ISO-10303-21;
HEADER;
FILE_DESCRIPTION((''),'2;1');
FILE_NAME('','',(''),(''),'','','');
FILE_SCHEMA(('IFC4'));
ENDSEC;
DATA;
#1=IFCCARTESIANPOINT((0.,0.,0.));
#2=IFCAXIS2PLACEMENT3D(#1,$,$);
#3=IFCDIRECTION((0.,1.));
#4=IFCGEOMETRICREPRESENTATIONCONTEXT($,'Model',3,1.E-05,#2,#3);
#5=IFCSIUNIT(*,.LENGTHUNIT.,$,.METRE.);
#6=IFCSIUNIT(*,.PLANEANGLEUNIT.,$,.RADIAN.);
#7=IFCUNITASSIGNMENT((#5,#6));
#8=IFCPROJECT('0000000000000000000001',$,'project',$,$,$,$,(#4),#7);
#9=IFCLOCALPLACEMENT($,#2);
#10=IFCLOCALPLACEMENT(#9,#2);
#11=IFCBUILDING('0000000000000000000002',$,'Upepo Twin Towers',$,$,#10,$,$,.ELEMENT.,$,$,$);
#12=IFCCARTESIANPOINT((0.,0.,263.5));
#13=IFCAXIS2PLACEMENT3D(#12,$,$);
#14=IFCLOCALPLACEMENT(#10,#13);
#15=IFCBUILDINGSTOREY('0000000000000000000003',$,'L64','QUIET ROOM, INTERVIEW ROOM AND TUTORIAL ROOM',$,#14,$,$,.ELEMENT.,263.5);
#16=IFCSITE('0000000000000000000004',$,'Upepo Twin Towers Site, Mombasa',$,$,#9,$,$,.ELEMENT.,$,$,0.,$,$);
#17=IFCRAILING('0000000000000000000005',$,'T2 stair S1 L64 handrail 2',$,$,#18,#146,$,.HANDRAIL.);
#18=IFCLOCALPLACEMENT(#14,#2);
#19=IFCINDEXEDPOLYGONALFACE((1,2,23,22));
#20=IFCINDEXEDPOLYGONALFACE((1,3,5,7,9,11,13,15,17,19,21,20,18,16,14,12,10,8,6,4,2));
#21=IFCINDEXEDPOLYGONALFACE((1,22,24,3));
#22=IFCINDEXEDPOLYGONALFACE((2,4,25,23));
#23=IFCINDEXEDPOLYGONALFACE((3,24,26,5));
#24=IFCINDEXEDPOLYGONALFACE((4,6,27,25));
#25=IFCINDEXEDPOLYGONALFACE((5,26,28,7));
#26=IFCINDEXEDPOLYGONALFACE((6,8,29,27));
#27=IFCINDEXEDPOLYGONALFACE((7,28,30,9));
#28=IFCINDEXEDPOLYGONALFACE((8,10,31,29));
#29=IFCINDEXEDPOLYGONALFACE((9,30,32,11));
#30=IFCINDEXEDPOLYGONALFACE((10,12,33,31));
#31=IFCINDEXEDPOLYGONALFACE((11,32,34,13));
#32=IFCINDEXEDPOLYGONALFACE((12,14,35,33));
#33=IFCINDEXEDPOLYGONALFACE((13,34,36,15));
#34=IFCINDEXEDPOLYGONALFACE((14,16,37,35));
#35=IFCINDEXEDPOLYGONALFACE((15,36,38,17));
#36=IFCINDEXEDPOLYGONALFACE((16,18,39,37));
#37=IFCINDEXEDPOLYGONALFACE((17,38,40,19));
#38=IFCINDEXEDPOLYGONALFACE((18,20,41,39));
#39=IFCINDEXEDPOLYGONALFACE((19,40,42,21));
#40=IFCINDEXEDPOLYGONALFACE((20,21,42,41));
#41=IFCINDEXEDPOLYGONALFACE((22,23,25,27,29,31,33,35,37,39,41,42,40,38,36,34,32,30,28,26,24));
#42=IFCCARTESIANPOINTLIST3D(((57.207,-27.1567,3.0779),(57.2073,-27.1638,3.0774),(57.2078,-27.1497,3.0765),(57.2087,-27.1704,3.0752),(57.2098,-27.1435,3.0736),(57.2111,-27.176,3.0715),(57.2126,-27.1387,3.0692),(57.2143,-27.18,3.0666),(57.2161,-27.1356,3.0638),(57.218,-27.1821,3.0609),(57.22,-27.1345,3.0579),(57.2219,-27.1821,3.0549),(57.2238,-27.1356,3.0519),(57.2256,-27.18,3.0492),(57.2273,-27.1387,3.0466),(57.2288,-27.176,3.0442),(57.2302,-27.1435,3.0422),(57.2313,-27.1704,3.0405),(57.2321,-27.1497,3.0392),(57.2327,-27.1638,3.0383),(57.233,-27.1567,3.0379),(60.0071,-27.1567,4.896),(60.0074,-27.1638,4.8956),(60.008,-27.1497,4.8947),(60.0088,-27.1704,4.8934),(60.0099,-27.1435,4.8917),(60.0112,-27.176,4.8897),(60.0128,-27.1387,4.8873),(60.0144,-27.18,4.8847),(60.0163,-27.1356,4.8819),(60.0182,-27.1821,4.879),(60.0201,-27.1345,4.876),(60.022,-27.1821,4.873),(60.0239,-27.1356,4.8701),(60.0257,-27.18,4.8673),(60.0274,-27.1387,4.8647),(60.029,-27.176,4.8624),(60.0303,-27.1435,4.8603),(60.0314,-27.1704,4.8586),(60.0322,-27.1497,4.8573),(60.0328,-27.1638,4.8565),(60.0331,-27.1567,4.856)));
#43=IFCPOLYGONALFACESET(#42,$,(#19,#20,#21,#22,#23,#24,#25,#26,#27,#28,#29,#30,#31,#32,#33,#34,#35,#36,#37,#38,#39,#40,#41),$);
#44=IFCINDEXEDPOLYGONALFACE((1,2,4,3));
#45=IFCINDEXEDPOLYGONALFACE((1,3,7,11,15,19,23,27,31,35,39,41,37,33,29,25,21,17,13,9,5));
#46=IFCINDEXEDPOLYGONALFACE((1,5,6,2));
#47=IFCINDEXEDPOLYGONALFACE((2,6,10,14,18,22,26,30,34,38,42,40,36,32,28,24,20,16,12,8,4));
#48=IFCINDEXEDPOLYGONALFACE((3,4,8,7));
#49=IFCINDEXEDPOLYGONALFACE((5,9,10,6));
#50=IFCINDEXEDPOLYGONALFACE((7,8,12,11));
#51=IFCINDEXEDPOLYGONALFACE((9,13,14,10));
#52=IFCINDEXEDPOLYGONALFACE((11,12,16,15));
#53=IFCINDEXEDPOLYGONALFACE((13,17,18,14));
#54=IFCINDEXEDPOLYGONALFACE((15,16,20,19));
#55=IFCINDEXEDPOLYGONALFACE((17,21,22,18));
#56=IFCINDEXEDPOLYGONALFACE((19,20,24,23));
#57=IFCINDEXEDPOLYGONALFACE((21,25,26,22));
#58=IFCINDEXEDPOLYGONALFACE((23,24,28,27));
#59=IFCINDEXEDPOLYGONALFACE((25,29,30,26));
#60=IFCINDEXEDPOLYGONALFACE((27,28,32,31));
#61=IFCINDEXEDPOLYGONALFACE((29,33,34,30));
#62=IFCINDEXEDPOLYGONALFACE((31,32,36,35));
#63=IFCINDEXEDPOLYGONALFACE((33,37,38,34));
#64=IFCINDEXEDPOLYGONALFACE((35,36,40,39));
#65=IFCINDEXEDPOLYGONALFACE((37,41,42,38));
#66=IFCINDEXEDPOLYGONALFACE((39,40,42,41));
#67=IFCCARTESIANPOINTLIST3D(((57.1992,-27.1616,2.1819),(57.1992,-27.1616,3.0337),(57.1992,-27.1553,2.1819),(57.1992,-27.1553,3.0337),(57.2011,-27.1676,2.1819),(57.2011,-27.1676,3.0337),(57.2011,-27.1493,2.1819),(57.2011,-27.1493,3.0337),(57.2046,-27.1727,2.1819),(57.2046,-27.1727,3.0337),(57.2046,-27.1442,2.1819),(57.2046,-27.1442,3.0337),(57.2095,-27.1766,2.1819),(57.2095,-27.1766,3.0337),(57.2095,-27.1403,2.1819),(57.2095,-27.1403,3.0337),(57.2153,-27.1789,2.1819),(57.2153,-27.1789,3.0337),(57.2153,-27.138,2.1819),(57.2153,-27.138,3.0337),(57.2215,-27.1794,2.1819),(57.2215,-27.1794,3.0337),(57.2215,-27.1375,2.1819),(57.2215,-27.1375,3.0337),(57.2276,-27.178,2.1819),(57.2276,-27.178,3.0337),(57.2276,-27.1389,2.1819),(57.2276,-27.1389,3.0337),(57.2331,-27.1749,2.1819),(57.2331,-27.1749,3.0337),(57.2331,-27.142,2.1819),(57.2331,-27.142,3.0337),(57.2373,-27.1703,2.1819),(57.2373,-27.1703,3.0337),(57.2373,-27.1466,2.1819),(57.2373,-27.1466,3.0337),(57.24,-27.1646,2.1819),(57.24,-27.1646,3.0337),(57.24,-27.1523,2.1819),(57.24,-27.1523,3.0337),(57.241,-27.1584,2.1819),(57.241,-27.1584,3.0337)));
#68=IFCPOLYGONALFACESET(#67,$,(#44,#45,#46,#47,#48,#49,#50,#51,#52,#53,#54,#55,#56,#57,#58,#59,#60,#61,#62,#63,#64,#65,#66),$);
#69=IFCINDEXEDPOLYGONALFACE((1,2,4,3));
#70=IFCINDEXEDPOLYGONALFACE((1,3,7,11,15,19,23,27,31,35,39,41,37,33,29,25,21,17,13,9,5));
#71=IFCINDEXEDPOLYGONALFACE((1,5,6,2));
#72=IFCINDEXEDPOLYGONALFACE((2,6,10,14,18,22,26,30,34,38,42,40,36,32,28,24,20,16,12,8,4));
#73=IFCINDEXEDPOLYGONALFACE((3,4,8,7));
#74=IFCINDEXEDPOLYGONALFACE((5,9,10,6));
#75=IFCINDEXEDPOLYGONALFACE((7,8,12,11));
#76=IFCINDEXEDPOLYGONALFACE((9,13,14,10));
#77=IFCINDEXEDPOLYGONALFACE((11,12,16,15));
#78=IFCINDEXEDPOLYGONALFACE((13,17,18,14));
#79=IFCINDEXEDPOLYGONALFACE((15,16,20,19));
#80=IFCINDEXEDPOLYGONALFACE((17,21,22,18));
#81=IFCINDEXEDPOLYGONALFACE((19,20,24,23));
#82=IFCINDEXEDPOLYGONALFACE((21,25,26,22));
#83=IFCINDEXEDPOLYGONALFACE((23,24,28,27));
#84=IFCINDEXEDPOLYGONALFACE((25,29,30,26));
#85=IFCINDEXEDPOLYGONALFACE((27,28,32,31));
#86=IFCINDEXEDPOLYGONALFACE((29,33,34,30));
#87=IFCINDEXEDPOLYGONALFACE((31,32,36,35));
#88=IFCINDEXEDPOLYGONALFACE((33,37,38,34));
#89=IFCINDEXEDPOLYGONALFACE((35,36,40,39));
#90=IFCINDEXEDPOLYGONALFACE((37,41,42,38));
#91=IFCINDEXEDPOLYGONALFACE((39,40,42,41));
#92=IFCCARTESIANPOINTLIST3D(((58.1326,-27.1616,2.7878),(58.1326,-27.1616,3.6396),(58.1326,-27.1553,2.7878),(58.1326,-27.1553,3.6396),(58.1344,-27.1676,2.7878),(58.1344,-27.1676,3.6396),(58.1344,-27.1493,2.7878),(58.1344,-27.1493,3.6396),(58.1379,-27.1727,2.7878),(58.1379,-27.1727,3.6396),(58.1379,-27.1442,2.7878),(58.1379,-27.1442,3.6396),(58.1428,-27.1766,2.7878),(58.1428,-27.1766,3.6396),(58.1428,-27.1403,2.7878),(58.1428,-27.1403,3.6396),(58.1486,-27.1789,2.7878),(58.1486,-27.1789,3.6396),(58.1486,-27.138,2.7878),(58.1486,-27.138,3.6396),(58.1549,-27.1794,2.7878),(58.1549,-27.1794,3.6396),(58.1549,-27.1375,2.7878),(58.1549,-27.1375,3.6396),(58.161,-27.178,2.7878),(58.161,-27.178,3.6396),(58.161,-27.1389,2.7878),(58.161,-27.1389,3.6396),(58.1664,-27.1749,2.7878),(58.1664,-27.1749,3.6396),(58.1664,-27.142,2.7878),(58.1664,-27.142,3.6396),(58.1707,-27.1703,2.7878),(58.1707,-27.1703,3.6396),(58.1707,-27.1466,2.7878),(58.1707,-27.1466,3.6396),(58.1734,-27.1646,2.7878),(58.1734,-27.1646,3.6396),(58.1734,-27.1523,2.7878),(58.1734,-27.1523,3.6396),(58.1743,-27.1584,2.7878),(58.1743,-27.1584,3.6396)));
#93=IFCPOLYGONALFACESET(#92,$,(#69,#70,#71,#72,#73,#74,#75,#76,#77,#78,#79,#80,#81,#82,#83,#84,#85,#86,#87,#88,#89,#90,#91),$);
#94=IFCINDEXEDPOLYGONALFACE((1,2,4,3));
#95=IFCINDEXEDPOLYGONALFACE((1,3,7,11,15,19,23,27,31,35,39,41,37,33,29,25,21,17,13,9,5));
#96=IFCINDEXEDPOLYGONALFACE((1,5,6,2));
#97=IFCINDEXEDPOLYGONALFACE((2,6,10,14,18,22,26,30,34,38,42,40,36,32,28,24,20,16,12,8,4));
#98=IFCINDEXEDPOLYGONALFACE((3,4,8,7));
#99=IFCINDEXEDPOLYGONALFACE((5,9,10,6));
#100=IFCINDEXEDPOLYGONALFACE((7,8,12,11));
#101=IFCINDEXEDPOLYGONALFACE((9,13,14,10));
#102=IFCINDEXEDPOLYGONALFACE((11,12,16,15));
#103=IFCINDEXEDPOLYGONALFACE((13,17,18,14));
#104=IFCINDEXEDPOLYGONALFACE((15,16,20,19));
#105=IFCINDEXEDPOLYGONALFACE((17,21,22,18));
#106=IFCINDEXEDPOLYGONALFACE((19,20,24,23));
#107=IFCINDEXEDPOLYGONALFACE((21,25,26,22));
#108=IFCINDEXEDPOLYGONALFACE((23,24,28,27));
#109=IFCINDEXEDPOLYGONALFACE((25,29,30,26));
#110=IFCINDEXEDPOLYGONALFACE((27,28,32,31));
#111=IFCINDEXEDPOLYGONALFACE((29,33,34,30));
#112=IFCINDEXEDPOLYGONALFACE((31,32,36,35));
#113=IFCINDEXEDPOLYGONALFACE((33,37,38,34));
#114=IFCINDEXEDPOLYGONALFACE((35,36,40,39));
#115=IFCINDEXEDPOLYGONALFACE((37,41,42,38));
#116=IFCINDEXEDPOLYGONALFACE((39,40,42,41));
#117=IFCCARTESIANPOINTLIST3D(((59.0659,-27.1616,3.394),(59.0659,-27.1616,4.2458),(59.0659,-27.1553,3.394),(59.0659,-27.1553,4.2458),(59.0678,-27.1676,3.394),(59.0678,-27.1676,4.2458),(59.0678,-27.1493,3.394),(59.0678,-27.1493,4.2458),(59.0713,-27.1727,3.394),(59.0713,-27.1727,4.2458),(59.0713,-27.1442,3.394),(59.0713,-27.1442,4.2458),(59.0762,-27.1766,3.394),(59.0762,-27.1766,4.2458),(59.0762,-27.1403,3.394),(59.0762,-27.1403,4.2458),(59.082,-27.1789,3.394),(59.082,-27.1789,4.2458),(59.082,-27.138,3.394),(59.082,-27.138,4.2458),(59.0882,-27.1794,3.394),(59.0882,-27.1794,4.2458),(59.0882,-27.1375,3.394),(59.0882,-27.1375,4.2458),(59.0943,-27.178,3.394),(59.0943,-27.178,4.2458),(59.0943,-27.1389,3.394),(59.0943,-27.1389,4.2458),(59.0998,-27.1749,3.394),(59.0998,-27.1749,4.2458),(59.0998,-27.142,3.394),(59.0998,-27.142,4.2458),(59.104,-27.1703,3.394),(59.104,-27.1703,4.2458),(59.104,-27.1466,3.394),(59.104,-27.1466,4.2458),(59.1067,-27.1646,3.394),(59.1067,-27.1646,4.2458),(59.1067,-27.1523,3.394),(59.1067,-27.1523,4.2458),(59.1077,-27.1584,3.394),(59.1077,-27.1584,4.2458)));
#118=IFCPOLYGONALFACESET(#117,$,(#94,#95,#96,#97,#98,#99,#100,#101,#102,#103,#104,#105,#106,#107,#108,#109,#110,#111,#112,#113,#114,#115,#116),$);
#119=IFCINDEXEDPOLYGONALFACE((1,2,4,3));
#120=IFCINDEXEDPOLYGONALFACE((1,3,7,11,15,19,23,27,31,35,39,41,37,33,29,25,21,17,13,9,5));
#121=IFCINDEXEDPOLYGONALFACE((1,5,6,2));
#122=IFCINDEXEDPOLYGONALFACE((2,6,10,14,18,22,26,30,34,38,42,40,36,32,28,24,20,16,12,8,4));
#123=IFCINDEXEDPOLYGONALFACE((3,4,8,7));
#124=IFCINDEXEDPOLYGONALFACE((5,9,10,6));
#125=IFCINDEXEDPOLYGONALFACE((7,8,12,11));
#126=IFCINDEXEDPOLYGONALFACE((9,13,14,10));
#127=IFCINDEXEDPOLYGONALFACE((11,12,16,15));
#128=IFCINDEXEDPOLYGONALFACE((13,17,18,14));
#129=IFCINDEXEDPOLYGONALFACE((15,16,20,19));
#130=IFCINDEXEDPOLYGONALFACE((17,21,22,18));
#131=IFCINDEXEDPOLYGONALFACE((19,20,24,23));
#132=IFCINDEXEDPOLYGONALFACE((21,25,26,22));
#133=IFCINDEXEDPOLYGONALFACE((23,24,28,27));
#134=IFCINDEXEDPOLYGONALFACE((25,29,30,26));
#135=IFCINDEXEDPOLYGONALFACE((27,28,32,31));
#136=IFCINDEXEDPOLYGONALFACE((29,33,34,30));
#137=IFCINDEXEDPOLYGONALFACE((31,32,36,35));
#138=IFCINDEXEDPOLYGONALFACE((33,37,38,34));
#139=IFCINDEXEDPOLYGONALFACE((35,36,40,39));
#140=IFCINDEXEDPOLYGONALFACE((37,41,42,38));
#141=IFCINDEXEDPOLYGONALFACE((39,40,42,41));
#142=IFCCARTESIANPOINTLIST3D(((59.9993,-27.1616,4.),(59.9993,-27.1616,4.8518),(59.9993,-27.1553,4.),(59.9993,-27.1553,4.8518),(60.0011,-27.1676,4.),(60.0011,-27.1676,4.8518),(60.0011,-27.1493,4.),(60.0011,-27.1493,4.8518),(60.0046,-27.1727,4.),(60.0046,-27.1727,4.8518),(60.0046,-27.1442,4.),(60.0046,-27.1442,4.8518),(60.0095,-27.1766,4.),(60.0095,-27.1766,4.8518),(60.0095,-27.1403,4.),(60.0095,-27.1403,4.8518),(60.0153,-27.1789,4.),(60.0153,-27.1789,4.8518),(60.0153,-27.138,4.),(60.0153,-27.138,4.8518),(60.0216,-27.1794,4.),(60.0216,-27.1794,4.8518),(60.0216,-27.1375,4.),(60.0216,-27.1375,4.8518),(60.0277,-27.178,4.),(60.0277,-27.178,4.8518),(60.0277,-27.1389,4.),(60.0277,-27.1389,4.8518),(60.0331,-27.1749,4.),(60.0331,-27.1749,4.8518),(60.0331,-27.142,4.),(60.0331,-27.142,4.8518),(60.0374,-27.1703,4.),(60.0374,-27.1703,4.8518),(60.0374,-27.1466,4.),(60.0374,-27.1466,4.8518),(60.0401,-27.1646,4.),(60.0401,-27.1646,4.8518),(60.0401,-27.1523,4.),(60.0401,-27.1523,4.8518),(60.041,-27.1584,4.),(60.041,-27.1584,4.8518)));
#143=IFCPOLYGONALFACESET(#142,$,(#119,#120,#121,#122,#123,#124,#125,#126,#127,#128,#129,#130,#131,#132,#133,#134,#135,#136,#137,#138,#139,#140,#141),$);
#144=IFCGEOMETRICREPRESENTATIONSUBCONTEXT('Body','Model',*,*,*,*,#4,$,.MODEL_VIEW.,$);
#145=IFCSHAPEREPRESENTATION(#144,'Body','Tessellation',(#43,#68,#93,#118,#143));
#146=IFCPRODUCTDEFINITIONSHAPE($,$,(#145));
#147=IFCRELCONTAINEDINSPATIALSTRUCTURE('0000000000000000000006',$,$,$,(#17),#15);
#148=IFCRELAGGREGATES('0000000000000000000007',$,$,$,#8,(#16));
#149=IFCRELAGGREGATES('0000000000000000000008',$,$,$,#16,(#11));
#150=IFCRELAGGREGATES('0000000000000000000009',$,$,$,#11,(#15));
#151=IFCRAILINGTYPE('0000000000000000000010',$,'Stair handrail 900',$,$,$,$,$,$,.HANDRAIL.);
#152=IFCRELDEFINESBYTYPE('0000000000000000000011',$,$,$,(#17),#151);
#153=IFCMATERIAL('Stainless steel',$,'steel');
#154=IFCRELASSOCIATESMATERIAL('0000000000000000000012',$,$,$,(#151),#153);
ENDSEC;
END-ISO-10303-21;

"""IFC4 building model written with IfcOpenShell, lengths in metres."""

from ifc_helpers import new_model, si_unit, direction, frame, origin, origin_2d, place, context, subcontext, project, spatial, circle, extrude, material, type_object, element, save


model = new_model("IFC4")

# Units and contexts
model_context = context("Model", 3, precision=1e-05, world=origin(), true_north=direction((0.0, 1.0)))
body_context = subcontext(model_context, "Body", "Model", "MODEL_VIEW")
ifc_project = project(units=[si_unit("LENGTHUNIT", "METRE"), si_unit("PLANEANGLEUNIT", "RADIAN")], contexts=[model_context])

# Site, building, storey
site_placement = place(None, origin())
site = spatial("IfcSite", under=ifc_project, at=site_placement, Name="Upepo Twin Towers Site, Mombasa", CompositionType="ELEMENT", RefElevation=0.0)
building_placement = place(site_placement, origin())
building = spatial("IfcBuilding", under=site, at=building_placement, Name="Upepo Twin Towers", CompositionType="ELEMENT")
storey_placement = place(building_placement, frame((0.0, 0.0, 263.5)))
storey = spatial("IfcBuildingStorey", under=building, at=storey_placement, Name="L64", Description="QUIET ROOM, INTERVIEW ROOM AND TUTORIAL ROOM", CompositionType="ELEMENT", Elevation=263.5)

# Railing
ifc_material_1 = material(Name="Stainless steel", Category="steel")
railing_type = type_object("IfcRailingType", Name="Stair handrail 900", PredefinedType="HANDRAIL", material=ifc_material_1)
railing_1_placement = place(storey_placement, frame((57.22, -27.1584, 2.1819)))
element("IfcRailing", 1, at=railing_1_placement, inside=storey, type_object=railing_type, Name="T2 stair S1 L64 handrail 2", PredefinedType="HANDRAIL", context=body_context, shape_type="SweptSolid", body=[
    extrude(circle(Radius=0.0239, at=origin_2d()), frame((0.0, 0.0, 0.876), z_axis=(0.838706, 0.0, 0.544585), x_axis=(0.0, 1.0, 0.0)), (0.0, 0.0, 1.0), 3.3386),
    extrude(circle(Radius=0.021, at=origin_2d()), origin(), (0.0, 0.0, 1.0), 0.8518),
    extrude(circle(Radius=0.021, at=origin_2d()), frame((0.9333, 0.0, 0.606)), (0.0, 0.0, 1.0), 0.8518),
    extrude(circle(Radius=0.021, at=origin_2d()), frame((1.8667, 0.0, 1.2122)), (0.0, 0.0, 1.0), 0.8518),
    extrude(circle(Radius=0.021, at=origin_2d()), frame((2.8, 0.0, 1.8181)), (0.0, 0.0, 1.0), 0.8518),
])

save(model, "model.ifc")
